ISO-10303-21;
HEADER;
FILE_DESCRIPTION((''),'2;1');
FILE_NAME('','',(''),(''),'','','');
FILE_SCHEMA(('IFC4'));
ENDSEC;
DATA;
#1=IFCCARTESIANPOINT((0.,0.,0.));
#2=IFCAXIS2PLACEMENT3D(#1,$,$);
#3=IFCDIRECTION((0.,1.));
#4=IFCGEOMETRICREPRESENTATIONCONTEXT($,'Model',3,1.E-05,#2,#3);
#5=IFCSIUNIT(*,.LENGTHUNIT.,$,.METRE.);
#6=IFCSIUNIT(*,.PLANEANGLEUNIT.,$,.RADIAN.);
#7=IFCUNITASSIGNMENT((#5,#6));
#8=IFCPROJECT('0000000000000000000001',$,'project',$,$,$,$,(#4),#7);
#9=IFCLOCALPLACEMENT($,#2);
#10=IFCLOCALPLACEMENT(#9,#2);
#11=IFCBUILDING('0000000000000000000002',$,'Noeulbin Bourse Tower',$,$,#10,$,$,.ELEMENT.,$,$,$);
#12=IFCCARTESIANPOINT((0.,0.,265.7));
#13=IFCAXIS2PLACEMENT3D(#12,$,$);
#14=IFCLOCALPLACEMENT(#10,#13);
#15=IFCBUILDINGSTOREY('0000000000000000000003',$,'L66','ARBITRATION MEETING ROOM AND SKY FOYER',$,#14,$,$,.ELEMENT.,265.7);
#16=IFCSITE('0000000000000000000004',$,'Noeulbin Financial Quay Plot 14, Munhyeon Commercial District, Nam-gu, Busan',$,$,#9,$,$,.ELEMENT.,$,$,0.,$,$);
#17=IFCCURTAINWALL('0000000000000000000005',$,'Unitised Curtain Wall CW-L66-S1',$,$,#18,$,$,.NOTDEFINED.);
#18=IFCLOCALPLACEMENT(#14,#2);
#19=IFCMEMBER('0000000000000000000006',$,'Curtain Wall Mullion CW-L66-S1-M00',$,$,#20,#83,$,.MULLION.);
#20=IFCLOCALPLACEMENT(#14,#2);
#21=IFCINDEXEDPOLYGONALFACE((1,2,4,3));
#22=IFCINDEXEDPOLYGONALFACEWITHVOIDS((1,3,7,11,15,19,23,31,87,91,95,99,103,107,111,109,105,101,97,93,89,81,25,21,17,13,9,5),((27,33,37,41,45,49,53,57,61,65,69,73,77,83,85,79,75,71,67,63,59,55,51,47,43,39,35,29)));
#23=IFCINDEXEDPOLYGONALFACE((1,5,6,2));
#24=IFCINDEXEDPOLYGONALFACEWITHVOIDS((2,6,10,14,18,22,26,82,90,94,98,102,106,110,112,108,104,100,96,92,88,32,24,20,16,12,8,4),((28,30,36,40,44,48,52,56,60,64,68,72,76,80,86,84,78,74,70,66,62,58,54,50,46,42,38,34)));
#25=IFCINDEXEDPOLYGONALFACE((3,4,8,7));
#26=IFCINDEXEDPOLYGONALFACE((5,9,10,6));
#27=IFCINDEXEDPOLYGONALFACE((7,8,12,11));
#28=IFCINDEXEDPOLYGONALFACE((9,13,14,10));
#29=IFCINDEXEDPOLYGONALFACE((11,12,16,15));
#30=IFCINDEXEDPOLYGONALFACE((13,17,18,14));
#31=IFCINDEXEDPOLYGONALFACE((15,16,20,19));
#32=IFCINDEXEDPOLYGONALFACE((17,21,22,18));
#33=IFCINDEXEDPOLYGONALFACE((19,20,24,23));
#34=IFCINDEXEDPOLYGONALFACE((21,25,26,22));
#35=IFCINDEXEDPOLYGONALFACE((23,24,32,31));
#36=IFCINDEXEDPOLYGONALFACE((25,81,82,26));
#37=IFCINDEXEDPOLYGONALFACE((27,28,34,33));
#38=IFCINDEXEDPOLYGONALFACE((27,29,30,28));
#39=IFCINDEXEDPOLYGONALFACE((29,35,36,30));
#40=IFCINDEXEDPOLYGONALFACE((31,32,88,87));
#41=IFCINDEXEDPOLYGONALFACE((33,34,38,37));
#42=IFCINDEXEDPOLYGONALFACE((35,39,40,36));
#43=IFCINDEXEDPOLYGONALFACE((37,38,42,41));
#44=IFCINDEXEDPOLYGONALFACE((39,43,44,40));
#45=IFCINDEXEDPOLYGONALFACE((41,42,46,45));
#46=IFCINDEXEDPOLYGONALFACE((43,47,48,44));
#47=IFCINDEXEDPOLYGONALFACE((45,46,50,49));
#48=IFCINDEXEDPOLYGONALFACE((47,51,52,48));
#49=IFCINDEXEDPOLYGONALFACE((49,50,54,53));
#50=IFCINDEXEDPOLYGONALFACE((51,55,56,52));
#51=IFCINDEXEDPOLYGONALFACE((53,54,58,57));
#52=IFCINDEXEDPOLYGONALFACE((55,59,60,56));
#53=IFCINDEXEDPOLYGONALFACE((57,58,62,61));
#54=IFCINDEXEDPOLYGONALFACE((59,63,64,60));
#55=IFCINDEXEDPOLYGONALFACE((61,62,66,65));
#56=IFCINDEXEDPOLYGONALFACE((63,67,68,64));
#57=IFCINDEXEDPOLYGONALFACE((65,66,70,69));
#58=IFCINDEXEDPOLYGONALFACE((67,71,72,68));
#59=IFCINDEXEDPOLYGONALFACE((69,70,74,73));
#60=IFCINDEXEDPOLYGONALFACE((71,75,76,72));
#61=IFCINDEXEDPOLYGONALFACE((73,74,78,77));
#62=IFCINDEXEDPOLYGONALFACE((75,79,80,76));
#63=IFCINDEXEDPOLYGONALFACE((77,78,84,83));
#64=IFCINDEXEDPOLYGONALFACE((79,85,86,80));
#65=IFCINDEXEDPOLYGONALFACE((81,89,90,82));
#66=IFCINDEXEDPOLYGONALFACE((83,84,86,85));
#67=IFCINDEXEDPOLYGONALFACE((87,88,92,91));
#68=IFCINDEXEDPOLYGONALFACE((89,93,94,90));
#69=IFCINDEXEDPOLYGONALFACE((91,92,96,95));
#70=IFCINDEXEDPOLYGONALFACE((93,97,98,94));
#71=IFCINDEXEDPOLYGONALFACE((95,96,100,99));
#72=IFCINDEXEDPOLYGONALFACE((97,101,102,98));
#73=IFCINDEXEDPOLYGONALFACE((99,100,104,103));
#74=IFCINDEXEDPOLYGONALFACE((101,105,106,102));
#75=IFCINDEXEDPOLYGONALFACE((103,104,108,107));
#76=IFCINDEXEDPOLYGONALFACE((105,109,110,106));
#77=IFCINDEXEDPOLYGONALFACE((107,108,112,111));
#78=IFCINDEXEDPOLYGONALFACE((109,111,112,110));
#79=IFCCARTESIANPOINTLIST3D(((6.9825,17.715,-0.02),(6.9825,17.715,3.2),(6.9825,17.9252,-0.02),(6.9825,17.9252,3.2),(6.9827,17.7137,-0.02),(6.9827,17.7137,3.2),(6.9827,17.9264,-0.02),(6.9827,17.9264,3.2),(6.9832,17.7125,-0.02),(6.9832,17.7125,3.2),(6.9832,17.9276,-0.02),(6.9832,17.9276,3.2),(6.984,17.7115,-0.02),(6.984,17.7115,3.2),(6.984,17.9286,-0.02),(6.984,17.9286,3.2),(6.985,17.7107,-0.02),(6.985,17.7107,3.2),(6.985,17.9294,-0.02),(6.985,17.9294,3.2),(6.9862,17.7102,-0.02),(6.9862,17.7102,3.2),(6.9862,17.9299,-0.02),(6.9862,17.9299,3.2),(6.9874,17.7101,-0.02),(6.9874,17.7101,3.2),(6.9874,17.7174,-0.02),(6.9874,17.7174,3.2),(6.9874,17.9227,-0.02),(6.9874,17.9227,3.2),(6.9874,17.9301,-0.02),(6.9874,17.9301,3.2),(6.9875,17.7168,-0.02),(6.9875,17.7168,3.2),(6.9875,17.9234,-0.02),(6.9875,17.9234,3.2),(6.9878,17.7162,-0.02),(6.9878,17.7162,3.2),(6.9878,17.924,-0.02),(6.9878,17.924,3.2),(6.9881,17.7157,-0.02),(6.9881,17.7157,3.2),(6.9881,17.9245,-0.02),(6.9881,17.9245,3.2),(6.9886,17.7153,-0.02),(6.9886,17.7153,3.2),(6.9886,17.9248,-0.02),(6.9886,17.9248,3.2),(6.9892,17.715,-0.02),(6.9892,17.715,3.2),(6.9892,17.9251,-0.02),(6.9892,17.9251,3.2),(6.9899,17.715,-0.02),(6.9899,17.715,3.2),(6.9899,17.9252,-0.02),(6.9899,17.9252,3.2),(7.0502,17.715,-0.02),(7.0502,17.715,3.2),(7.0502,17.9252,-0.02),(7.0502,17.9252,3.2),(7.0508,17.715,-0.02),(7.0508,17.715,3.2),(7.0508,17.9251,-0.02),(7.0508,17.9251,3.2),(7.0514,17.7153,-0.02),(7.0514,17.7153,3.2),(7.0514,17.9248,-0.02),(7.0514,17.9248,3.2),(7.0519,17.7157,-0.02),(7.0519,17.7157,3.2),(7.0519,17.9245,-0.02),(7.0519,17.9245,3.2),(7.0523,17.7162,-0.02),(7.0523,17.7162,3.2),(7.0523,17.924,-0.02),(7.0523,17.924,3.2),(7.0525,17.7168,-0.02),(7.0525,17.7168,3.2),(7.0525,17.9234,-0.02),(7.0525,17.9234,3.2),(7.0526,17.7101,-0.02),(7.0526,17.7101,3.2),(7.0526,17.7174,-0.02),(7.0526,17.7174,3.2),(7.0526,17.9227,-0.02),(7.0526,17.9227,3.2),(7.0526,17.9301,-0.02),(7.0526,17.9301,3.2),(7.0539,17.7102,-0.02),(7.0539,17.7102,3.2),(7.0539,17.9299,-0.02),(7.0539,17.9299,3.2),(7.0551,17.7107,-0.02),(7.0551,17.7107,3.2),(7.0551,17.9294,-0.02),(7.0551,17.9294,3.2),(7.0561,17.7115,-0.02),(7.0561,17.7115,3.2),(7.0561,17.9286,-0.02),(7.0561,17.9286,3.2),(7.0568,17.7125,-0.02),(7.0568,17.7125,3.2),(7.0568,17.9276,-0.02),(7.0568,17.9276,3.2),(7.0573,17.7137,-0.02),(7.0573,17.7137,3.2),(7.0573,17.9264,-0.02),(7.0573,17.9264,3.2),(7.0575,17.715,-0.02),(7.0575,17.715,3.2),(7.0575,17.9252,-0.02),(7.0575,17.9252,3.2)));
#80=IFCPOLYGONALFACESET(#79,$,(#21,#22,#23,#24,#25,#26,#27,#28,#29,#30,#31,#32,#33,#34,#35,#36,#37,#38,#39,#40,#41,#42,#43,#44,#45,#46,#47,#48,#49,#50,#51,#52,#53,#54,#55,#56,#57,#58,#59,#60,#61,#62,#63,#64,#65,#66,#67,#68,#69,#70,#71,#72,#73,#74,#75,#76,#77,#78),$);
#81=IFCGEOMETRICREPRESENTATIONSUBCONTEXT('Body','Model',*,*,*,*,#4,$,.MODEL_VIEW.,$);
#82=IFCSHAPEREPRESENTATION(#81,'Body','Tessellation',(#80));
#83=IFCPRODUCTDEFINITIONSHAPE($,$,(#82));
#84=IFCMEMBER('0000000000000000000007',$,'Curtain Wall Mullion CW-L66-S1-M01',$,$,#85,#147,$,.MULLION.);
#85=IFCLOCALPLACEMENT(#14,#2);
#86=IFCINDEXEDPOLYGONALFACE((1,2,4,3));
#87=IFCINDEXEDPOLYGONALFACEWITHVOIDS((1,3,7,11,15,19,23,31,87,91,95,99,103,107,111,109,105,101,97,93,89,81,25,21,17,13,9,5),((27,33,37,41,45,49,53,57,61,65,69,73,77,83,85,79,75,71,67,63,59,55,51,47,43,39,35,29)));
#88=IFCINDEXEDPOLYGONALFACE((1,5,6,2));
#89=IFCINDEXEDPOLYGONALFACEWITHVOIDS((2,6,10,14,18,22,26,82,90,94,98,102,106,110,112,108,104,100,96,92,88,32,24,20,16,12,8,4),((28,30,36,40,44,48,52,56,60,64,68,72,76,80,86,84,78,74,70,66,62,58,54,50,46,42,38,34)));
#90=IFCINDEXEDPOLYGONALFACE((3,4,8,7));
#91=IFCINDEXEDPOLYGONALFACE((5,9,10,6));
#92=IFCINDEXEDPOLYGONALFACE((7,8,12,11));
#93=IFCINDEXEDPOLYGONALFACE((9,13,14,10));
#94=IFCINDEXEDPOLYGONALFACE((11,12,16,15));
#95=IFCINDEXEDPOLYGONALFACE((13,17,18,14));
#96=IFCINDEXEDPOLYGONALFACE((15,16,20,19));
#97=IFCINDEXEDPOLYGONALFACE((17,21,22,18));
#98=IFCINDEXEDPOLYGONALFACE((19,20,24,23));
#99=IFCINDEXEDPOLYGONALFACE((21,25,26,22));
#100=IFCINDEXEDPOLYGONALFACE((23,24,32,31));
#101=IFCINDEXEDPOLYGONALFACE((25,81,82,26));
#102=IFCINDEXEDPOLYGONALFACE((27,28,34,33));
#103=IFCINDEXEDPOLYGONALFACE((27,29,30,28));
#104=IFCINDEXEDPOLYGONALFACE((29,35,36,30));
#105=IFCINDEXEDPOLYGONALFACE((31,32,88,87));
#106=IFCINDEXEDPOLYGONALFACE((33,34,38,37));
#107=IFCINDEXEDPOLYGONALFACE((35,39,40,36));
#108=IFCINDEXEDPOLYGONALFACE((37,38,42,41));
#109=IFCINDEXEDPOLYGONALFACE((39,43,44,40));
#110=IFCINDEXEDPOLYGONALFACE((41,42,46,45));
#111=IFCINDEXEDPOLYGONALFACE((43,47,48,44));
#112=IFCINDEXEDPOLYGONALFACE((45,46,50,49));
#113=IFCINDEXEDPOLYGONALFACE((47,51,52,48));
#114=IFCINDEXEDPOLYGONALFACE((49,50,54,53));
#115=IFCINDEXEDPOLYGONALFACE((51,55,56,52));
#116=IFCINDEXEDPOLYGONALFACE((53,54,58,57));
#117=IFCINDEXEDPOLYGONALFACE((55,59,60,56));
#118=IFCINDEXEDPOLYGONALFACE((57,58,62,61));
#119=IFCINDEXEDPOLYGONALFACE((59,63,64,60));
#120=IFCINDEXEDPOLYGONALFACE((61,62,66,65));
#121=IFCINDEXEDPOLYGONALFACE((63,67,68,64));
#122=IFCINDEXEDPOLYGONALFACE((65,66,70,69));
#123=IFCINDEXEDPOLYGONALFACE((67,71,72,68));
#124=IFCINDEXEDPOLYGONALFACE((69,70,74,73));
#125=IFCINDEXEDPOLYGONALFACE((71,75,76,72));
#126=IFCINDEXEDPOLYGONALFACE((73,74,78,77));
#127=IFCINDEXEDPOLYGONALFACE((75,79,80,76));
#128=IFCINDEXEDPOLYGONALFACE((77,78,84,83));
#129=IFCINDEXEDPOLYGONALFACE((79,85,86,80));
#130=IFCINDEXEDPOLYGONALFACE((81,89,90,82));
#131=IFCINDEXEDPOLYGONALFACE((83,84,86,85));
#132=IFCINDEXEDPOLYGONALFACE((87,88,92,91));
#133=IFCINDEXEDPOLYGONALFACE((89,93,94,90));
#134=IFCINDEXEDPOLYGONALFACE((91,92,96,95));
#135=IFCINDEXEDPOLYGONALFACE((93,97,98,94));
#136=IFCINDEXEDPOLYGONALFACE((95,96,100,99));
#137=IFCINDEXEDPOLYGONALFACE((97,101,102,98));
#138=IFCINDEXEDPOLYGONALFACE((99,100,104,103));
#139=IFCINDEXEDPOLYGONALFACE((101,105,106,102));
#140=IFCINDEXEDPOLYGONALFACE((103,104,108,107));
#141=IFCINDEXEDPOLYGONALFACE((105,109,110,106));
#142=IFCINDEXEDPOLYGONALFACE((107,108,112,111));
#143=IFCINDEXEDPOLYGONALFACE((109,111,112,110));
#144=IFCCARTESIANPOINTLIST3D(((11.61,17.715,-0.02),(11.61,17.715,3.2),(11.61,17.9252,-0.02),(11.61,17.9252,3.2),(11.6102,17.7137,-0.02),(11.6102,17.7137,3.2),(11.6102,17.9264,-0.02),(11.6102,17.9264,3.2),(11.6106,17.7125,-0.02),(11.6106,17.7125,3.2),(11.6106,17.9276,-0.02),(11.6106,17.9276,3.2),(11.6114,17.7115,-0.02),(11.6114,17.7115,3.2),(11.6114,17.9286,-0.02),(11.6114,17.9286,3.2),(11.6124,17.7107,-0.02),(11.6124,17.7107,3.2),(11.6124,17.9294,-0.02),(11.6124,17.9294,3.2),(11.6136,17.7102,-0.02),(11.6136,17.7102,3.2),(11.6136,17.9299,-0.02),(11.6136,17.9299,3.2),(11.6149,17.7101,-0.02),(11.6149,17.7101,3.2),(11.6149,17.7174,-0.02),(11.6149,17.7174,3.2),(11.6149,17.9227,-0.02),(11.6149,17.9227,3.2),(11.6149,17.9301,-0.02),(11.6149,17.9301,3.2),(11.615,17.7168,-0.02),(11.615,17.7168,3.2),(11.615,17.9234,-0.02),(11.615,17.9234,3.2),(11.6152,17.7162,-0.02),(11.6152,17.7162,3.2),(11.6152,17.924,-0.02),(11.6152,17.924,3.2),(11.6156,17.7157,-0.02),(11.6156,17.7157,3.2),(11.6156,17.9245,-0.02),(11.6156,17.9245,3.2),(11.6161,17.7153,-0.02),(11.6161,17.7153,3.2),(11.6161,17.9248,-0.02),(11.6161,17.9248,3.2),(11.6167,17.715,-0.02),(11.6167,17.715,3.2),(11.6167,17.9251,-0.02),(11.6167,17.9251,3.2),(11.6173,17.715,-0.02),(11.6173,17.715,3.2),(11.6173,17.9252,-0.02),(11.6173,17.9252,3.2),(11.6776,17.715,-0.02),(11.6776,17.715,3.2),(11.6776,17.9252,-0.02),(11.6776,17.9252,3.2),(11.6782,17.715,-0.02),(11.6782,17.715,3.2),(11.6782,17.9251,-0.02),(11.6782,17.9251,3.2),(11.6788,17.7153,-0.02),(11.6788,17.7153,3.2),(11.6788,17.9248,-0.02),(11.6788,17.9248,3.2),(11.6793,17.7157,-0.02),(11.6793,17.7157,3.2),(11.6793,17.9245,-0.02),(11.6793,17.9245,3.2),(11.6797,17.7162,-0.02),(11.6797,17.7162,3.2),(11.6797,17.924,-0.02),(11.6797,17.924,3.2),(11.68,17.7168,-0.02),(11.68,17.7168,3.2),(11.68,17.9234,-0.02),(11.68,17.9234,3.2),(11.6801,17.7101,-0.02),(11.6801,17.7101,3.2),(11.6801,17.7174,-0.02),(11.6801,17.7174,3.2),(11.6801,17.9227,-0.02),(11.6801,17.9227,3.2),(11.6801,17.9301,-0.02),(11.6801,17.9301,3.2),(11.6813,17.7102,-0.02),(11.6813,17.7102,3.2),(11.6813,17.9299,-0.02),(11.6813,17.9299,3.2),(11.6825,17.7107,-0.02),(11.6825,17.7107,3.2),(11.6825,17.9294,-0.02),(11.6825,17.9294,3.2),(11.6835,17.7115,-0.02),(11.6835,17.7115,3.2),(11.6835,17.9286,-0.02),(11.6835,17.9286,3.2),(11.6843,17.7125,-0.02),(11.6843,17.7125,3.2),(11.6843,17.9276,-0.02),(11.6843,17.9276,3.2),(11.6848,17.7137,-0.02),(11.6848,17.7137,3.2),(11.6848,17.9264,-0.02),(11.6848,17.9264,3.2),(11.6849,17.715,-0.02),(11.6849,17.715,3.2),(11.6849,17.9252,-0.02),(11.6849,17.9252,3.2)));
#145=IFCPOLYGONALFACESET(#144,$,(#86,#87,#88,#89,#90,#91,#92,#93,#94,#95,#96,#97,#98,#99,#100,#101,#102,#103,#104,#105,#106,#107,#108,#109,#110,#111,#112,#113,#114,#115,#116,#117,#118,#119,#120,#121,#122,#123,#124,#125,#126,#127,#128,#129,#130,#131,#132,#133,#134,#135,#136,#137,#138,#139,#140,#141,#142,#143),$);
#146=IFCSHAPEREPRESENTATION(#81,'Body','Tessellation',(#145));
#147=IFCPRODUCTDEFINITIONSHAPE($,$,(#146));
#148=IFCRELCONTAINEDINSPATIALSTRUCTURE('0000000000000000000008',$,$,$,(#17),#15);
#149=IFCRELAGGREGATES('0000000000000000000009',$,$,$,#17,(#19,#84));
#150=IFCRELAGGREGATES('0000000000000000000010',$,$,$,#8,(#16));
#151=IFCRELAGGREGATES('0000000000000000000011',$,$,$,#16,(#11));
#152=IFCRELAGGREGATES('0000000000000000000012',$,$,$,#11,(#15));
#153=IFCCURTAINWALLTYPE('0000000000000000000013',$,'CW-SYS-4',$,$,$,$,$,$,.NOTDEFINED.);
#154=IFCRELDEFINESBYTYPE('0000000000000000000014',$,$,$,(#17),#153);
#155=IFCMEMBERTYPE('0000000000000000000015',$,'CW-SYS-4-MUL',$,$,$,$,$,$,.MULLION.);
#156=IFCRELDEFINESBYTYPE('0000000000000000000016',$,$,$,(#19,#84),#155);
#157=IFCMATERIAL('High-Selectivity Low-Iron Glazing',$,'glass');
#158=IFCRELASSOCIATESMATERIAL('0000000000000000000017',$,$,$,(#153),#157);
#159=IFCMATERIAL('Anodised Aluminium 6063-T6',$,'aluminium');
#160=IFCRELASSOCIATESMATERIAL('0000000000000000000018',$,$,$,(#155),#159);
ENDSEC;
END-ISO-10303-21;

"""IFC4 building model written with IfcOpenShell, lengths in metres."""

from ifc_helpers import new_model, si_unit, direction, frame, origin, origin_2d, place, context, subcontext, project, spatial, hollow_rectangle, extrude, material, material_profile, profile_set, type_object, element, aggregate, save


model = new_model("IFC4")

# Units and contexts
model_context = context("Model", 3, precision=1e-05, world=origin(), true_north=direction((0.0, 1.0)))
body_context = subcontext(model_context, "Body", "Model", "MODEL_VIEW")
ifc_project = project(units=[si_unit("LENGTHUNIT", "METRE"), si_unit("PLANEANGLEUNIT", "RADIAN")], contexts=[model_context])

# Site, building, storey
site_placement = place(None, origin())
site = spatial("IfcSite", under=ifc_project, at=site_placement, Name="Noeulbin Financial Quay Plot 14, Munhyeon Commercial District, Nam-gu, Busan", CompositionType="ELEMENT", RefElevation=0.0)
building_placement = place(site_placement, origin())
building = spatial("IfcBuilding", under=site, at=building_placement, Name="Noeulbin Bourse Tower", CompositionType="ELEMENT")
storey_placement = place(building_placement, frame((0.0, 0.0, 265.7)))
storey = spatial("IfcBuildingStorey", under=building, at=storey_placement, Name="L66", Description="ARBITRATION MEETING ROOM AND SKY FOYER", CompositionType="ELEMENT", Elevation=265.7)

# Curtain wall, members
ifc_material_1 = material(Name="High-Selectivity Low-Iron Glazing", Category="glass")
curtain_wall_type = type_object("IfcCurtainWallType", Name="CW-SYS-4", PredefinedType="NOTDEFINED", material=ifc_material_1)
curtain_wall_placement = place(storey_placement, origin())
curtain_wall = element("IfcCurtainWall", 1, at=curtain_wall_placement, inside=storey, type_object=curtain_wall_type, Name="Unitised Curtain Wall CW-L66-S1", PredefinedType="NOTDEFINED")
ifc_material_2 = material(Name="Anodised Aluminium 6063-T6", Category="aluminium")
ifc_material_profile_1 = material_profile(ifc_material_2, hollow_rectangle(XDim=0.075, YDim=0.22, WallThickness=0.0049, InnerFilletRadius=0.0024, OuterFilletRadius=0.0049, at=origin_2d()), Name="ALU-MULL-75x220x5", Category="LoadBearing")
ifc_profile_set_1 = profile_set([ifc_material_profile_1], Name="Anodised Aluminium 6063-T6")
member_type_1 = type_object("IfcMemberType", Name="CW-SYS-4-MUL", PredefinedType="MULLION", material=ifc_profile_set_1)
member_1_placement = place(storey_placement, frame((7.02, 17.8201, -0.02), z_axis=(0.0, 0.0, 1.0), x_axis=(1.0, 0.0, 0.0)))
member_1 = element("IfcMember", 2, at=member_1_placement, type_object=member_type_1, Name="Curtain Wall Mullion CW-L66-S1-M00", PredefinedType="MULLION", context=body_context, shape_type="SweptSolid", body=[
    extrude(hollow_rectangle(XDim=0.075, YDim=0.22, WallThickness=0.0049, InnerFilletRadius=0.0024, OuterFilletRadius=0.0049, at=origin_2d()), origin(), (0.0, 0.0, 1.0), 3.22),
])
member_2_placement = place(storey_placement, frame((11.6475, 17.8201, -0.02), z_axis=(0.0, 0.0, 1.0), x_axis=(1.0, 0.0, 0.0)))
member_2 = element("IfcMember", 3, at=member_2_placement, type_object=member_type_1, Name="Curtain Wall Mullion CW-L66-S1-M01", PredefinedType="MULLION", context=body_context, shape_type="SweptSolid", body=[
    extrude(hollow_rectangle(XDim=0.075, YDim=0.22, WallThickness=0.0049, InnerFilletRadius=0.0024, OuterFilletRadius=0.0049, at=origin_2d()), origin(), (0.0, 0.0, 1.0), 3.22),
])
aggregate(curtain_wall, [member_1, member_2])

save(model, "model.ifc")
